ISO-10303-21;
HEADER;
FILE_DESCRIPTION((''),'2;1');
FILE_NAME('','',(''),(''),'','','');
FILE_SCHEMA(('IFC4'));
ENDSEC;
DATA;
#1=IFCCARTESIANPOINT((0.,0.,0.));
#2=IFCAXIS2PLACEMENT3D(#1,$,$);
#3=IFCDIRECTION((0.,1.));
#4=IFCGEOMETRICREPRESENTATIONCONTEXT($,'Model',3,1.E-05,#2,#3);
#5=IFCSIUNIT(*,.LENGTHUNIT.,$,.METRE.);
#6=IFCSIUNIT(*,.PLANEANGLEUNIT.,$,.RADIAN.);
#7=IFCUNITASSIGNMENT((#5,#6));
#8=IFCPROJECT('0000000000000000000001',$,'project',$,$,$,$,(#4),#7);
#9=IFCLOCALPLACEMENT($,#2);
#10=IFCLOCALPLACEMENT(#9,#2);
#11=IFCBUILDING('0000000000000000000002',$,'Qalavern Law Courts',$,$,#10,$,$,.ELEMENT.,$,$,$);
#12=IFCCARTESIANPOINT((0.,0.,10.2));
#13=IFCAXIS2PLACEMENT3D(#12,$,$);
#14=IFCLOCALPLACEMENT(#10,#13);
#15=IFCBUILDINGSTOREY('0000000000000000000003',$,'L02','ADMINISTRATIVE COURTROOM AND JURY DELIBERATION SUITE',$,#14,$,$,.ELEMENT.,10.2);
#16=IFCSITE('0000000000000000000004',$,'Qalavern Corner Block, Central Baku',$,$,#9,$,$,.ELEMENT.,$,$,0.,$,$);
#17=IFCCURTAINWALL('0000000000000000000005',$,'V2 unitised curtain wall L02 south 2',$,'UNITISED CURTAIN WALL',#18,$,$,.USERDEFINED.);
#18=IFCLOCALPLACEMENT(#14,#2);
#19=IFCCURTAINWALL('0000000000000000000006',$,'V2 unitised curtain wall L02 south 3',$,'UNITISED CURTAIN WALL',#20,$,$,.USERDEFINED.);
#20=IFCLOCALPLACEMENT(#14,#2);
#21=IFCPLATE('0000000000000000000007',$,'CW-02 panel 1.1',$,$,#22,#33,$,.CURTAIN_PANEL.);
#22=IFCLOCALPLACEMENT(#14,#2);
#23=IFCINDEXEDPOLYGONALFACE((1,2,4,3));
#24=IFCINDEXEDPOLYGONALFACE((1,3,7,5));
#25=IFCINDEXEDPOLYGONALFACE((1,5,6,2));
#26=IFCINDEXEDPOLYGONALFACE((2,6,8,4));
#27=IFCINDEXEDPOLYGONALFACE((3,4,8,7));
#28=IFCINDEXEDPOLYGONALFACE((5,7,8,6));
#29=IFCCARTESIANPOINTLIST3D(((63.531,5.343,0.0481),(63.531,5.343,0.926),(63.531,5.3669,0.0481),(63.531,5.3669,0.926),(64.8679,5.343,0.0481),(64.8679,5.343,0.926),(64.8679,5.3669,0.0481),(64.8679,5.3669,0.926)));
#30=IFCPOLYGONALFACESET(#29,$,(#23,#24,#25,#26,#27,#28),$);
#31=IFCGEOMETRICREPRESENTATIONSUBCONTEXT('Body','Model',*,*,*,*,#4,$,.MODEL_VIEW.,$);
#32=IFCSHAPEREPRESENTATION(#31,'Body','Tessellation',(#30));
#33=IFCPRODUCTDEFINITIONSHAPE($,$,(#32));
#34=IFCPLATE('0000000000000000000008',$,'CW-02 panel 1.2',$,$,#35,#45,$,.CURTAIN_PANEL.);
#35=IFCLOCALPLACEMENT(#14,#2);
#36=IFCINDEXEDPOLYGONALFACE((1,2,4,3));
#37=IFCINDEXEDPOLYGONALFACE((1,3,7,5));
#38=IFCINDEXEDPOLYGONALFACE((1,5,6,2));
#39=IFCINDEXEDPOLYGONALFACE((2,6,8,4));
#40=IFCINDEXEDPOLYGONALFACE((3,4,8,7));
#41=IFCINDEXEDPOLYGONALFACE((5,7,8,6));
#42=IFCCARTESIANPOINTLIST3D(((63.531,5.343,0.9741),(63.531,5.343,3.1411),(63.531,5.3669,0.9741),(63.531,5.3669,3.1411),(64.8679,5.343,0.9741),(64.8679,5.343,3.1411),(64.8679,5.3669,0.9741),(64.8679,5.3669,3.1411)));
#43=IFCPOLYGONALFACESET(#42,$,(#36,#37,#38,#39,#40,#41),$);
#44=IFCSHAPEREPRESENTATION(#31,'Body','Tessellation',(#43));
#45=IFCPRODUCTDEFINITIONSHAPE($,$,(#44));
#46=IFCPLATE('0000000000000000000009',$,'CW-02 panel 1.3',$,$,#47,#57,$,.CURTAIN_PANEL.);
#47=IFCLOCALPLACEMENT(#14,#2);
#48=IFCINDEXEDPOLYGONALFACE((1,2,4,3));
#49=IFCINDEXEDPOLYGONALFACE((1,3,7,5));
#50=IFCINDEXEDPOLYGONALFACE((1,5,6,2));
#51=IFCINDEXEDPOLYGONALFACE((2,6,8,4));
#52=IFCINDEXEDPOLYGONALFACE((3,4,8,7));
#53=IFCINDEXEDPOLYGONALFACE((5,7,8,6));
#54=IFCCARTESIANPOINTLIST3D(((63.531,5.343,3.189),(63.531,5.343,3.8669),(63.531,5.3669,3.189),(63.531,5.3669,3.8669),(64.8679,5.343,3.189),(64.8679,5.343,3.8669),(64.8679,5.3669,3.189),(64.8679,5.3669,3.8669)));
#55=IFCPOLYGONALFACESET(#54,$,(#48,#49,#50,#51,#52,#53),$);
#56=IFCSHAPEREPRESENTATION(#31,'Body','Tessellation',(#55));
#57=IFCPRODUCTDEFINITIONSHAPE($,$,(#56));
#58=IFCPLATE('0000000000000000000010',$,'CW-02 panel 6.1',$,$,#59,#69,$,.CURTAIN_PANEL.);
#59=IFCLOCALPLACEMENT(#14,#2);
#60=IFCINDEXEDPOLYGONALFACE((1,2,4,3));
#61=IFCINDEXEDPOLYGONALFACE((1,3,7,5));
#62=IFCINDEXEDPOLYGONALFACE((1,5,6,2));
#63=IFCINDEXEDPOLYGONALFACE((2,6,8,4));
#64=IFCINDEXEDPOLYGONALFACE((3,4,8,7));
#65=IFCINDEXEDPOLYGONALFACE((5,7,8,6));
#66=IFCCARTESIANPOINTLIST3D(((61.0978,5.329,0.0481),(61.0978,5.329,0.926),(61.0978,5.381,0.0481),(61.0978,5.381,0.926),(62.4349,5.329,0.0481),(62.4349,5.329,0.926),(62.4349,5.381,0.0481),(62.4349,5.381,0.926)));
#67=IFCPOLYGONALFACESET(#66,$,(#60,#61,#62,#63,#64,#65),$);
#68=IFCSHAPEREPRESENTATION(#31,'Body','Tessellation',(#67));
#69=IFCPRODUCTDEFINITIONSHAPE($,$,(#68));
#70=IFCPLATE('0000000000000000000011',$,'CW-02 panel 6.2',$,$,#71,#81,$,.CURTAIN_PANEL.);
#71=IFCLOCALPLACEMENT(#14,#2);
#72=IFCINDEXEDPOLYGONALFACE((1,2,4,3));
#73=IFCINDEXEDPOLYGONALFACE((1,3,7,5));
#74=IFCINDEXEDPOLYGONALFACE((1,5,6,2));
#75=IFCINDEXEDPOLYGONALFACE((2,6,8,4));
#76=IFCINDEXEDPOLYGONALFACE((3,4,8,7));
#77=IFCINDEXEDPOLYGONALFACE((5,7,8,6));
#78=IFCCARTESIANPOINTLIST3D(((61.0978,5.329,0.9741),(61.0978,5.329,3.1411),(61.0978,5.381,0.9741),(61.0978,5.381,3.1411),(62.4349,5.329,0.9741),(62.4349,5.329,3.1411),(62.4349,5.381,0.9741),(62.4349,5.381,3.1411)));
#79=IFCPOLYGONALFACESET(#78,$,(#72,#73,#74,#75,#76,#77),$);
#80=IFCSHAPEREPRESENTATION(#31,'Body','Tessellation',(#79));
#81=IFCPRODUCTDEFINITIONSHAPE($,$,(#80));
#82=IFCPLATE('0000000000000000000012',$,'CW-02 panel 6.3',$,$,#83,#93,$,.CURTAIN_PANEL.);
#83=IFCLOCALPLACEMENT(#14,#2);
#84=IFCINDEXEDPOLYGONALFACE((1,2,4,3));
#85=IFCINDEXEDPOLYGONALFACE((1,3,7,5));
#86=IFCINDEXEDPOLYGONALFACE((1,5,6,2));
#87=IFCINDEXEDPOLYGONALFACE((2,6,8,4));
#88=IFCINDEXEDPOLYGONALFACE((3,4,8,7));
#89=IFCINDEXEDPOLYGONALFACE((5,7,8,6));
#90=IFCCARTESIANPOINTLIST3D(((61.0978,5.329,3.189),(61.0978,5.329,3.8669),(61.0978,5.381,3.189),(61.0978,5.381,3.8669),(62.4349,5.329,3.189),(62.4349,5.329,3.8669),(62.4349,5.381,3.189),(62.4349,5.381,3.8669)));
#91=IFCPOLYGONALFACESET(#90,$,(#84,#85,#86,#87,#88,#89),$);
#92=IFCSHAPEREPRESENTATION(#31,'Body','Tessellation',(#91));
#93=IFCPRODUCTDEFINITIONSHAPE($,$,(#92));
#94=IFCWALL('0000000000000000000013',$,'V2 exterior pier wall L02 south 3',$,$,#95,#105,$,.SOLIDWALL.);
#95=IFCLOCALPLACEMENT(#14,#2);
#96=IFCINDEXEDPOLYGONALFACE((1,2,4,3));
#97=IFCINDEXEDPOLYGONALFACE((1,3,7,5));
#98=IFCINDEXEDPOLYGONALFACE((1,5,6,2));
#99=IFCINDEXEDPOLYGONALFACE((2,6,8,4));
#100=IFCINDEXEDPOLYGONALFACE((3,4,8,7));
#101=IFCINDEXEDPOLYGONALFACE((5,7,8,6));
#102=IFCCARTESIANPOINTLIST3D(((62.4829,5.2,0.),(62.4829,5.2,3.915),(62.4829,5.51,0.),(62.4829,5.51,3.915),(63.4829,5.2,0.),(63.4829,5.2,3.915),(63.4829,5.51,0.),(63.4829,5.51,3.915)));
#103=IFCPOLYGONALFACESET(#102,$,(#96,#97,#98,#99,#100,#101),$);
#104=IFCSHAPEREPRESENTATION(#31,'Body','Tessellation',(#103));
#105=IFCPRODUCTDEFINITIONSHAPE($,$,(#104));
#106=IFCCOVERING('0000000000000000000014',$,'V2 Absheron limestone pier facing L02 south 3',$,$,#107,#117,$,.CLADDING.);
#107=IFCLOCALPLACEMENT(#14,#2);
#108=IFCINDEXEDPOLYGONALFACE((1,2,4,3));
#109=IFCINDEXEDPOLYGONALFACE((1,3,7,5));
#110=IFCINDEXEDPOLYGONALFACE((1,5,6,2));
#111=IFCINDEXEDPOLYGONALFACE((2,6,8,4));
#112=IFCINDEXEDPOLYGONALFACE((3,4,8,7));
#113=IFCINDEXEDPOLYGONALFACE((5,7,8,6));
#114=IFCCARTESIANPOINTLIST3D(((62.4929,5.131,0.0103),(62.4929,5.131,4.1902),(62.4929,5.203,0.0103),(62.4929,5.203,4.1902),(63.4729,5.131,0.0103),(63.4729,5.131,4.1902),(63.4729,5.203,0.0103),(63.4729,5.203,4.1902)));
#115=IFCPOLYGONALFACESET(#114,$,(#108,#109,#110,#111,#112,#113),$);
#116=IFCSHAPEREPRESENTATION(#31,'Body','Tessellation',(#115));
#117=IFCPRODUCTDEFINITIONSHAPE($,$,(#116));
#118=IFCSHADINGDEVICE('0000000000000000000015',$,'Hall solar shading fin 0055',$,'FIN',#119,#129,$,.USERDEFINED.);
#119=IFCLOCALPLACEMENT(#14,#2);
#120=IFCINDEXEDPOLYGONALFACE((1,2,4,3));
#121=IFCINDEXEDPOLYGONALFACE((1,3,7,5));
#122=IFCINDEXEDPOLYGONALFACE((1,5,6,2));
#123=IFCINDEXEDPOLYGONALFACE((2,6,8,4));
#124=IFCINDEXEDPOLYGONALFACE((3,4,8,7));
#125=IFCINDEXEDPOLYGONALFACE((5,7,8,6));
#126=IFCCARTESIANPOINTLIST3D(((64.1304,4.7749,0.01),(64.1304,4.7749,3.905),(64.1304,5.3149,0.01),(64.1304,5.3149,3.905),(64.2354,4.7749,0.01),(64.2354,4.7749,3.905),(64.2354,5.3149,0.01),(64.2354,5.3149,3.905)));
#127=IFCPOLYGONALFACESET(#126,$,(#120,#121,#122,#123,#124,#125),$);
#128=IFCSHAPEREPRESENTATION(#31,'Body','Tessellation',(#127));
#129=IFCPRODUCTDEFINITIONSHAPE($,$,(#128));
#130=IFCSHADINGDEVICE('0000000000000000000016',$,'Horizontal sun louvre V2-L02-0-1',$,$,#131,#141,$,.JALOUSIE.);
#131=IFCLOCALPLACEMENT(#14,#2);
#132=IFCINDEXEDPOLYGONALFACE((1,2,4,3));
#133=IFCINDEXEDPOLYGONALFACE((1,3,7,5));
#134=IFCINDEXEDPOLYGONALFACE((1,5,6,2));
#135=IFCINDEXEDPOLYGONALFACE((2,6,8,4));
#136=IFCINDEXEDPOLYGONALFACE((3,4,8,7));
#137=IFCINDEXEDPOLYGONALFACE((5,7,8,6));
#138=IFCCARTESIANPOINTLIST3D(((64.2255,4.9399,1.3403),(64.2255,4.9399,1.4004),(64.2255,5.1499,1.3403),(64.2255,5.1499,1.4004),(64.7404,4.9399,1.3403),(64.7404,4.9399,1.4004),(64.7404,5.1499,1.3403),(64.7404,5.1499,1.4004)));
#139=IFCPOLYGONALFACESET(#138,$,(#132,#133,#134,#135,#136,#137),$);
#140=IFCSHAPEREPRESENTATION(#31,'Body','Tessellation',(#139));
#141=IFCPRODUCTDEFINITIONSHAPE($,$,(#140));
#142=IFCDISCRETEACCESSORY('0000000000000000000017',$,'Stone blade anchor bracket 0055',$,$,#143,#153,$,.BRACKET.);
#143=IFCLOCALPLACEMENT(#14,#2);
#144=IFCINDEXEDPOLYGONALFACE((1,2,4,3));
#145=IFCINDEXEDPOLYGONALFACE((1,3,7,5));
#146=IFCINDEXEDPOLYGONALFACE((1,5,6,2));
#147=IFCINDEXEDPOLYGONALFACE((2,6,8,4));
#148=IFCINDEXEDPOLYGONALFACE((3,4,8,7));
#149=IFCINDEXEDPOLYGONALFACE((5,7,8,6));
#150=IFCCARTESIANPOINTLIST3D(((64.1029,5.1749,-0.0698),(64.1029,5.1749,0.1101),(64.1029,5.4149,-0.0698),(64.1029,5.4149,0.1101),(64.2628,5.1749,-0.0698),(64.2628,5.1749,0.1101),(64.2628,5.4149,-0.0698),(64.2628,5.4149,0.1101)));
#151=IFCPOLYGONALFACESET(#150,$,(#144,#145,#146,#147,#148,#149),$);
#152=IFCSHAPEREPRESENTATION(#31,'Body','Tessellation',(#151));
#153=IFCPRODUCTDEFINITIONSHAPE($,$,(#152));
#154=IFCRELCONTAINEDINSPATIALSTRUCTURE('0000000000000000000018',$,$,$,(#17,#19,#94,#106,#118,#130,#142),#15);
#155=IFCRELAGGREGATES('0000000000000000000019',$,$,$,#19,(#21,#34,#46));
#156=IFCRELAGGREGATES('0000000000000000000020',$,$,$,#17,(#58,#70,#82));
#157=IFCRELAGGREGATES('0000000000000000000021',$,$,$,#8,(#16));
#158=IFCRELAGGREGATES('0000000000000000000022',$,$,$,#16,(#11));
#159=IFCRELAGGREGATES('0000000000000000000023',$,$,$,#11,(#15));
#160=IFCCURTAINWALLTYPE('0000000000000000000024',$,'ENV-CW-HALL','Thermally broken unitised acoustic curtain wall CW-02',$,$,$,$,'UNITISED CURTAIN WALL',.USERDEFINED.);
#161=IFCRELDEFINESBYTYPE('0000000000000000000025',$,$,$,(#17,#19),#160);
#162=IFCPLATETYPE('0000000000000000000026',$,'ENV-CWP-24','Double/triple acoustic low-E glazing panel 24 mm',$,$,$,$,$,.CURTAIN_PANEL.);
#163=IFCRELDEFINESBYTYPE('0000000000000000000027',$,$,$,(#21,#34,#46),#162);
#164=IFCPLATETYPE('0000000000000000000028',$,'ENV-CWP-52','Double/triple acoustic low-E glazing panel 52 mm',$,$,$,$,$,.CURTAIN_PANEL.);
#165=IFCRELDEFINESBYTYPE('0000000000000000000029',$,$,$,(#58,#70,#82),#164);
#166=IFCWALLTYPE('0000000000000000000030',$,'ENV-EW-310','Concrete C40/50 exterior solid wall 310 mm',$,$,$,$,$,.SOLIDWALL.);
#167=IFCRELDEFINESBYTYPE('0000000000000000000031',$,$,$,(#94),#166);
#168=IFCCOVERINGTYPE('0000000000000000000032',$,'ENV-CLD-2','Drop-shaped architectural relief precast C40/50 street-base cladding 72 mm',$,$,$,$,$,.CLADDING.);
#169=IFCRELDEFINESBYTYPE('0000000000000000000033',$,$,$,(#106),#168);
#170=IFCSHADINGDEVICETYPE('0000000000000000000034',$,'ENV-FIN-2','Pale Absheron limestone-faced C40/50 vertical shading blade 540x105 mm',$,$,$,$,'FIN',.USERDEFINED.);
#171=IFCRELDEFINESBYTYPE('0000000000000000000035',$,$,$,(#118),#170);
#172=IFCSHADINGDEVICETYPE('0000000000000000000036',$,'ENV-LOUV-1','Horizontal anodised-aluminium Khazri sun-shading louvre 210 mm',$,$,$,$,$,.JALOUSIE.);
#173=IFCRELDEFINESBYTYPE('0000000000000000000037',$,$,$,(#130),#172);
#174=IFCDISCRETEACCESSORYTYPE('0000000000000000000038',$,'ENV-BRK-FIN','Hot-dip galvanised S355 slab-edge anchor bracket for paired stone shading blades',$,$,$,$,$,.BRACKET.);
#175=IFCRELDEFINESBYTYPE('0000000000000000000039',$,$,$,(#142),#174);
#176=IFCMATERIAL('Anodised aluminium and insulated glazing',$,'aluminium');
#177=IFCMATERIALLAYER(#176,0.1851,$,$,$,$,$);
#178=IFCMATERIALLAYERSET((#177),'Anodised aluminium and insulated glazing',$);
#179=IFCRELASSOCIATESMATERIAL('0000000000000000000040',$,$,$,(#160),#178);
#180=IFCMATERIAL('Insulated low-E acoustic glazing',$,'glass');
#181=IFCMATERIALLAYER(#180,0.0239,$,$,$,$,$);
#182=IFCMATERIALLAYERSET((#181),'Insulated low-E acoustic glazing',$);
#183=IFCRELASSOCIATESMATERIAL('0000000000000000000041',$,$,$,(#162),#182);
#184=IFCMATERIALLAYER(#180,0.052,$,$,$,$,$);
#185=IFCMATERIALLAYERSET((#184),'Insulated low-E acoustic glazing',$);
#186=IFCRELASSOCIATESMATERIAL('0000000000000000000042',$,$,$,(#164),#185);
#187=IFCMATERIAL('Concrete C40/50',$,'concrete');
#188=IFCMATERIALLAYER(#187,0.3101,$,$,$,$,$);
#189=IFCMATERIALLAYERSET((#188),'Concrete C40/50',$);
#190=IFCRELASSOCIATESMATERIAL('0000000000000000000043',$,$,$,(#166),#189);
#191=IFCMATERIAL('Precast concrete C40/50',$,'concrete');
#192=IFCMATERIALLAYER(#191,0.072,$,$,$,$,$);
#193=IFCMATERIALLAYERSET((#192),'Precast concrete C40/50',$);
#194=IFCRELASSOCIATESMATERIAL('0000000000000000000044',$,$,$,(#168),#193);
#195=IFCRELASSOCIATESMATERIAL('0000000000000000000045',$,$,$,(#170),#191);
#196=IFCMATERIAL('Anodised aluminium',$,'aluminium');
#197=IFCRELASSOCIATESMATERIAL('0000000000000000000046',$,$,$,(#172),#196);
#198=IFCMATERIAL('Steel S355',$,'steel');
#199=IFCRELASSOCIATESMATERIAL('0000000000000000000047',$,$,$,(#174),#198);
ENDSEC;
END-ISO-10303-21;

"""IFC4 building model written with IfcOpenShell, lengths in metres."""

from ifc_helpers import new_model, si_unit, direction, frame, frame_2d, origin, origin_2d, place, context, subcontext, project, spatial, rectangle, extrude, material, layer, layer_set, type_object, element, aggregate, save


model = new_model("IFC4")

# Units and contexts
model_context = context("Model", 3, precision=1e-05, world=origin(), true_north=direction((0.0, 1.0)))
body_context = subcontext(model_context, "Body", "Model", "MODEL_VIEW")
ifc_project = project(units=[si_unit("LENGTHUNIT", "METRE"), si_unit("PLANEANGLEUNIT", "RADIAN")], contexts=[model_context])

# Site, building, storey
site_placement = place(None, origin())
site = spatial("IfcSite", under=ifc_project, at=site_placement, Name="Qalavern Corner Block, Central Baku", CompositionType="ELEMENT", RefElevation=0.0)
building_placement = place(site_placement, origin())
building = spatial("IfcBuilding", under=site, at=building_placement, Name="Qalavern Law Courts", CompositionType="ELEMENT")
storey_placement = place(building_placement, frame((0.0, 0.0, 10.2)))
storey = spatial("IfcBuildingStorey", under=building, at=storey_placement, Name="L02", Description="ADMINISTRATIVE COURTROOM AND JURY DELIBERATION SUITE", CompositionType="ELEMENT", Elevation=10.2)

# Curtain wall
ifc_material_1 = material(Name="Anodised aluminium and insulated glazing", Category="aluminium")
ifc_layer_1 = layer(ifc_material_1, 0.1851)
ifc_layer_set_1 = layer_set([ifc_layer_1], Name="Anodised aluminium and insulated glazing")
curtain_wall_type = type_object("IfcCurtainWallType", Name="ENV-CW-HALL", Description="Thermally broken unitised acoustic curtain wall CW-02", ElementType="UNITISED CURTAIN WALL", PredefinedType="USERDEFINED", material=ifc_layer_set_1)
curtain_wall_1_placement = place(storey_placement, origin())
curtain_wall_1 = element("IfcCurtainWall", 1, at=curtain_wall_1_placement, inside=storey, type_object=curtain_wall_type, Name="V2 unitised curtain wall L02 south 2", ObjectType="UNITISED CURTAIN WALL", PredefinedType="USERDEFINED")
ifc_material_2 = material(Name="Anodised aluminium", Category="aluminium")

# Curtain wall
curtain_wall_2_placement = place(storey_placement, origin())
curtain_wall_2 = element("IfcCurtainWall", 2, at=curtain_wall_2_placement, inside=storey, type_object=curtain_wall_type, Name="V2 unitised curtain wall L02 south 3", ObjectType="UNITISED CURTAIN WALL", PredefinedType="USERDEFINED")

# Plates
ifc_material_3 = material(Name="Insulated low-E acoustic glazing", Category="glass")
ifc_layer_2 = layer(ifc_material_3, 0.0239)
ifc_layer_set_2 = layer_set([ifc_layer_2], Name="Insulated low-E acoustic glazing")
plate_type_1 = type_object("IfcPlateType", Name="ENV-CWP-24", Description="Double/triple acoustic low-E glazing panel 24 mm", PredefinedType="CURTAIN_PANEL", material=ifc_layer_set_2)
plate_1_placement = place(storey_placement, frame((64.1995, 5.355, 0.0481), z_axis=(0.0, 0.0, 1.0), x_axis=(1.0, 0.0, 0.0)))
plate_1 = element("IfcPlate", 3, at=plate_1_placement, type_object=plate_type_1, Name="CW-02 panel 1.1", PredefinedType="CURTAIN_PANEL", context=body_context, shape_type="SweptSolid", body=[
    extrude(rectangle(XDim=1.3369, YDim=0.0239, at=origin_2d()), origin(), (0.0, 0.0, 1.0), 0.8779),
])
plate_2_placement = place(storey_placement, frame((64.1995, 5.355, 0.9741), z_axis=(0.0, 0.0, 1.0), x_axis=(1.0, 0.0, 0.0)))
plate_2 = element("IfcPlate", 4, at=plate_2_placement, type_object=plate_type_1, Name="CW-02 panel 1.2", PredefinedType="CURTAIN_PANEL", context=body_context, shape_type="SweptSolid", body=[
    extrude(rectangle(XDim=1.3369, YDim=0.0239, at=origin_2d()), origin(), (0.0, 0.0, 1.0), 2.167),
])
plate_3_placement = place(storey_placement, frame((64.1995, 5.355, 3.189), z_axis=(0.0, 0.0, 1.0), x_axis=(1.0, 0.0, 0.0)))
plate_3 = element("IfcPlate", 5, at=plate_3_placement, type_object=plate_type_1, Name="CW-02 panel 1.3", PredefinedType="CURTAIN_PANEL", context=body_context, shape_type="SweptSolid", body=[
    extrude(rectangle(XDim=1.3369, YDim=0.0239, at=origin_2d()), origin(), (0.0, 0.0, 1.0), 0.678),
])
aggregate(curtain_wall_2, [plate_1, plate_2, plate_3])
ifc_layer_3 = layer(ifc_material_3, 0.052)
ifc_layer_set_3 = layer_set([ifc_layer_3], Name="Insulated low-E acoustic glazing")
plate_type_2 = type_object("IfcPlateType", Name="ENV-CWP-52", Description="Double/triple acoustic low-E glazing panel 52 mm", PredefinedType="CURTAIN_PANEL", material=ifc_layer_set_3)
plate_4_placement = place(storey_placement, frame((61.7664, 5.355, 0.0481), z_axis=(0.0, 0.0, 1.0), x_axis=(1.0, 0.0, 0.0)))
plate_4 = element("IfcPlate", 6, at=plate_4_placement, type_object=plate_type_2, Name="CW-02 panel 6.1", PredefinedType="CURTAIN_PANEL", context=body_context, shape_type="SweptSolid", body=[
    extrude(rectangle(XDim=1.3372, YDim=0.052, at=origin_2d()), origin(), (0.0, 0.0, 1.0), 0.8779),
])
plate_5_placement = place(storey_placement, frame((61.7664, 5.355, 0.9741), z_axis=(0.0, 0.0, 1.0), x_axis=(1.0, 0.0, 0.0)))
plate_5 = element("IfcPlate", 7, at=plate_5_placement, type_object=plate_type_2, Name="CW-02 panel 6.2", PredefinedType="CURTAIN_PANEL", context=body_context, shape_type="SweptSolid", body=[
    extrude(rectangle(XDim=1.3372, YDim=0.052, at=origin_2d()), origin(), (0.0, 0.0, 1.0), 2.167),
])
plate_6_placement = place(storey_placement, frame((61.7664, 5.355, 3.189), z_axis=(0.0, 0.0, 1.0), x_axis=(1.0, 0.0, 0.0)))
plate_6 = element("IfcPlate", 8, at=plate_6_placement, type_object=plate_type_2, Name="CW-02 panel 6.3", PredefinedType="CURTAIN_PANEL", context=body_context, shape_type="SweptSolid", body=[
    extrude(rectangle(XDim=1.3372, YDim=0.052, at=origin_2d()), origin(), (0.0, 0.0, 1.0), 0.678),
])
aggregate(curtain_wall_1, [plate_4, plate_5, plate_6])

# Wall
ifc_material_4 = material(Name="Concrete C40/50", Category="concrete")
ifc_layer_4 = layer(ifc_material_4, 0.3101)
ifc_layer_set_4 = layer_set([ifc_layer_4], Name="Concrete C40/50")
wall_type = type_object("IfcWallType", Name="ENV-EW-310", Description="Concrete C40/50 exterior solid wall 310 mm", PredefinedType="SOLIDWALL", material=ifc_layer_set_4)
wall_placement = place(storey_placement, frame((62.4829, 5.355, 0.0), z_axis=(0.0, 0.0, 1.0), x_axis=(1.0, 0.0, 0.0)))
element("IfcWall", 9, at=wall_placement, inside=storey, type_object=wall_type, Name="V2 exterior pier wall L02 south 3", PredefinedType="SOLIDWALL", context=body_context, shape_type="SweptSolid", body=[
    extrude(rectangle(XDim=1.0, YDim=0.3101, at=frame_2d((0.5, 0.0))), origin(), (0.0, 0.0, 1.0), 3.915),
])

# Covering
ifc_material_5 = material(Name="Precast concrete C40/50", Category="concrete")
ifc_layer_5 = layer(ifc_material_5, 0.072)
ifc_layer_set_5 = layer_set([ifc_layer_5], Name="Precast concrete C40/50")
covering_type = type_object("IfcCoveringType", Name="ENV-CLD-2", Description="Drop-shaped architectural relief precast C40/50 street-base cladding 72 mm", PredefinedType="CLADDING", material=ifc_layer_set_5)
covering_placement = place(storey_placement, frame((62.9829, 5.167, 0.0103), z_axis=(0.0, 0.0, 1.0), x_axis=(1.0, 0.0, 0.0)))
element("IfcCovering", 10, at=covering_placement, inside=storey, type_object=covering_type, Name="V2 Absheron limestone pier facing L02 south 3", PredefinedType="CLADDING", context=body_context, shape_type="SweptSolid", body=[
    extrude(rectangle(XDim=0.98, YDim=0.072, at=origin_2d()), origin(), (0.0, 0.0, 1.0), 4.1799),
])

# Shading devices
shading_device_type_1 = type_object("IfcShadingDeviceType", Name="ENV-FIN-2", Description="Pale Absheron limestone-faced C40/50 vertical shading blade 540x105 mm", ElementType="FIN", PredefinedType="USERDEFINED", material=ifc_material_5)
shading_device_1_placement = place(storey_placement, frame((64.1829, 5.0449, 0.01), z_axis=(0.0, 0.0, 1.0), x_axis=(0.0, -1.0, 0.0)))
element("IfcShadingDevice", 11, at=shading_device_1_placement, inside=storey, type_object=shading_device_type_1, Name="Hall solar shading fin 0055", ObjectType="FIN", PredefinedType="USERDEFINED", context=body_context, shape_type="SweptSolid", body=[
    extrude(rectangle(XDim=0.54, YDim=0.105, at=origin_2d()), origin(), (0.0, 0.0, 1.0), 3.895),
])
shading_device_type_2 = type_object("IfcShadingDeviceType", Name="ENV-LOUV-1", Description="Horizontal anodised-aluminium Khazri sun-shading louvre 210 mm", PredefinedType="JALOUSIE", material=ifc_material_2)
shading_device_2_placement = place(storey_placement, frame((64.4829, 5.0449, 1.3403), z_axis=(0.0, 0.0, 1.0), x_axis=(1.0, 0.0, 0.0)))
element("IfcShadingDevice", 12, at=shading_device_2_placement, inside=storey, type_object=shading_device_type_2, Name="Horizontal sun louvre V2-L02-0-1", PredefinedType="JALOUSIE", context=body_context, shape_type="SweptSolid", body=[
    extrude(rectangle(XDim=0.5149, YDim=0.21, at=origin_2d()), origin(), (0.0, 0.0, 1.0), 0.0601),
])

# Discrete accessory
ifc_material_6 = material(Name="Steel S355", Category="steel")
discrete_accessory_type = type_object("IfcDiscreteAccessoryType", Name="ENV-BRK-FIN", Description="Hot-dip galvanised S355 slab-edge anchor bracket for paired stone shading blades", PredefinedType="BRACKET", material=ifc_material_6)
discrete_accessory_placement = place(storey_placement, frame((64.1829, 5.2949, -0.0698), z_axis=(0.0, 0.0, 1.0), x_axis=(0.0, -1.0, 0.0)))
element("IfcDiscreteAccessory", 13, at=discrete_accessory_placement, inside=storey, type_object=discrete_accessory_type, Name="Stone blade anchor bracket 0055", PredefinedType="BRACKET", context=body_context, shape_type="SweptSolid", body=[
    extrude(rectangle(XDim=0.24, YDim=0.1599, at=origin_2d()), origin(), (0.0, 0.0, 1.0), 0.1799),
])

save(model, "model.ifc")
